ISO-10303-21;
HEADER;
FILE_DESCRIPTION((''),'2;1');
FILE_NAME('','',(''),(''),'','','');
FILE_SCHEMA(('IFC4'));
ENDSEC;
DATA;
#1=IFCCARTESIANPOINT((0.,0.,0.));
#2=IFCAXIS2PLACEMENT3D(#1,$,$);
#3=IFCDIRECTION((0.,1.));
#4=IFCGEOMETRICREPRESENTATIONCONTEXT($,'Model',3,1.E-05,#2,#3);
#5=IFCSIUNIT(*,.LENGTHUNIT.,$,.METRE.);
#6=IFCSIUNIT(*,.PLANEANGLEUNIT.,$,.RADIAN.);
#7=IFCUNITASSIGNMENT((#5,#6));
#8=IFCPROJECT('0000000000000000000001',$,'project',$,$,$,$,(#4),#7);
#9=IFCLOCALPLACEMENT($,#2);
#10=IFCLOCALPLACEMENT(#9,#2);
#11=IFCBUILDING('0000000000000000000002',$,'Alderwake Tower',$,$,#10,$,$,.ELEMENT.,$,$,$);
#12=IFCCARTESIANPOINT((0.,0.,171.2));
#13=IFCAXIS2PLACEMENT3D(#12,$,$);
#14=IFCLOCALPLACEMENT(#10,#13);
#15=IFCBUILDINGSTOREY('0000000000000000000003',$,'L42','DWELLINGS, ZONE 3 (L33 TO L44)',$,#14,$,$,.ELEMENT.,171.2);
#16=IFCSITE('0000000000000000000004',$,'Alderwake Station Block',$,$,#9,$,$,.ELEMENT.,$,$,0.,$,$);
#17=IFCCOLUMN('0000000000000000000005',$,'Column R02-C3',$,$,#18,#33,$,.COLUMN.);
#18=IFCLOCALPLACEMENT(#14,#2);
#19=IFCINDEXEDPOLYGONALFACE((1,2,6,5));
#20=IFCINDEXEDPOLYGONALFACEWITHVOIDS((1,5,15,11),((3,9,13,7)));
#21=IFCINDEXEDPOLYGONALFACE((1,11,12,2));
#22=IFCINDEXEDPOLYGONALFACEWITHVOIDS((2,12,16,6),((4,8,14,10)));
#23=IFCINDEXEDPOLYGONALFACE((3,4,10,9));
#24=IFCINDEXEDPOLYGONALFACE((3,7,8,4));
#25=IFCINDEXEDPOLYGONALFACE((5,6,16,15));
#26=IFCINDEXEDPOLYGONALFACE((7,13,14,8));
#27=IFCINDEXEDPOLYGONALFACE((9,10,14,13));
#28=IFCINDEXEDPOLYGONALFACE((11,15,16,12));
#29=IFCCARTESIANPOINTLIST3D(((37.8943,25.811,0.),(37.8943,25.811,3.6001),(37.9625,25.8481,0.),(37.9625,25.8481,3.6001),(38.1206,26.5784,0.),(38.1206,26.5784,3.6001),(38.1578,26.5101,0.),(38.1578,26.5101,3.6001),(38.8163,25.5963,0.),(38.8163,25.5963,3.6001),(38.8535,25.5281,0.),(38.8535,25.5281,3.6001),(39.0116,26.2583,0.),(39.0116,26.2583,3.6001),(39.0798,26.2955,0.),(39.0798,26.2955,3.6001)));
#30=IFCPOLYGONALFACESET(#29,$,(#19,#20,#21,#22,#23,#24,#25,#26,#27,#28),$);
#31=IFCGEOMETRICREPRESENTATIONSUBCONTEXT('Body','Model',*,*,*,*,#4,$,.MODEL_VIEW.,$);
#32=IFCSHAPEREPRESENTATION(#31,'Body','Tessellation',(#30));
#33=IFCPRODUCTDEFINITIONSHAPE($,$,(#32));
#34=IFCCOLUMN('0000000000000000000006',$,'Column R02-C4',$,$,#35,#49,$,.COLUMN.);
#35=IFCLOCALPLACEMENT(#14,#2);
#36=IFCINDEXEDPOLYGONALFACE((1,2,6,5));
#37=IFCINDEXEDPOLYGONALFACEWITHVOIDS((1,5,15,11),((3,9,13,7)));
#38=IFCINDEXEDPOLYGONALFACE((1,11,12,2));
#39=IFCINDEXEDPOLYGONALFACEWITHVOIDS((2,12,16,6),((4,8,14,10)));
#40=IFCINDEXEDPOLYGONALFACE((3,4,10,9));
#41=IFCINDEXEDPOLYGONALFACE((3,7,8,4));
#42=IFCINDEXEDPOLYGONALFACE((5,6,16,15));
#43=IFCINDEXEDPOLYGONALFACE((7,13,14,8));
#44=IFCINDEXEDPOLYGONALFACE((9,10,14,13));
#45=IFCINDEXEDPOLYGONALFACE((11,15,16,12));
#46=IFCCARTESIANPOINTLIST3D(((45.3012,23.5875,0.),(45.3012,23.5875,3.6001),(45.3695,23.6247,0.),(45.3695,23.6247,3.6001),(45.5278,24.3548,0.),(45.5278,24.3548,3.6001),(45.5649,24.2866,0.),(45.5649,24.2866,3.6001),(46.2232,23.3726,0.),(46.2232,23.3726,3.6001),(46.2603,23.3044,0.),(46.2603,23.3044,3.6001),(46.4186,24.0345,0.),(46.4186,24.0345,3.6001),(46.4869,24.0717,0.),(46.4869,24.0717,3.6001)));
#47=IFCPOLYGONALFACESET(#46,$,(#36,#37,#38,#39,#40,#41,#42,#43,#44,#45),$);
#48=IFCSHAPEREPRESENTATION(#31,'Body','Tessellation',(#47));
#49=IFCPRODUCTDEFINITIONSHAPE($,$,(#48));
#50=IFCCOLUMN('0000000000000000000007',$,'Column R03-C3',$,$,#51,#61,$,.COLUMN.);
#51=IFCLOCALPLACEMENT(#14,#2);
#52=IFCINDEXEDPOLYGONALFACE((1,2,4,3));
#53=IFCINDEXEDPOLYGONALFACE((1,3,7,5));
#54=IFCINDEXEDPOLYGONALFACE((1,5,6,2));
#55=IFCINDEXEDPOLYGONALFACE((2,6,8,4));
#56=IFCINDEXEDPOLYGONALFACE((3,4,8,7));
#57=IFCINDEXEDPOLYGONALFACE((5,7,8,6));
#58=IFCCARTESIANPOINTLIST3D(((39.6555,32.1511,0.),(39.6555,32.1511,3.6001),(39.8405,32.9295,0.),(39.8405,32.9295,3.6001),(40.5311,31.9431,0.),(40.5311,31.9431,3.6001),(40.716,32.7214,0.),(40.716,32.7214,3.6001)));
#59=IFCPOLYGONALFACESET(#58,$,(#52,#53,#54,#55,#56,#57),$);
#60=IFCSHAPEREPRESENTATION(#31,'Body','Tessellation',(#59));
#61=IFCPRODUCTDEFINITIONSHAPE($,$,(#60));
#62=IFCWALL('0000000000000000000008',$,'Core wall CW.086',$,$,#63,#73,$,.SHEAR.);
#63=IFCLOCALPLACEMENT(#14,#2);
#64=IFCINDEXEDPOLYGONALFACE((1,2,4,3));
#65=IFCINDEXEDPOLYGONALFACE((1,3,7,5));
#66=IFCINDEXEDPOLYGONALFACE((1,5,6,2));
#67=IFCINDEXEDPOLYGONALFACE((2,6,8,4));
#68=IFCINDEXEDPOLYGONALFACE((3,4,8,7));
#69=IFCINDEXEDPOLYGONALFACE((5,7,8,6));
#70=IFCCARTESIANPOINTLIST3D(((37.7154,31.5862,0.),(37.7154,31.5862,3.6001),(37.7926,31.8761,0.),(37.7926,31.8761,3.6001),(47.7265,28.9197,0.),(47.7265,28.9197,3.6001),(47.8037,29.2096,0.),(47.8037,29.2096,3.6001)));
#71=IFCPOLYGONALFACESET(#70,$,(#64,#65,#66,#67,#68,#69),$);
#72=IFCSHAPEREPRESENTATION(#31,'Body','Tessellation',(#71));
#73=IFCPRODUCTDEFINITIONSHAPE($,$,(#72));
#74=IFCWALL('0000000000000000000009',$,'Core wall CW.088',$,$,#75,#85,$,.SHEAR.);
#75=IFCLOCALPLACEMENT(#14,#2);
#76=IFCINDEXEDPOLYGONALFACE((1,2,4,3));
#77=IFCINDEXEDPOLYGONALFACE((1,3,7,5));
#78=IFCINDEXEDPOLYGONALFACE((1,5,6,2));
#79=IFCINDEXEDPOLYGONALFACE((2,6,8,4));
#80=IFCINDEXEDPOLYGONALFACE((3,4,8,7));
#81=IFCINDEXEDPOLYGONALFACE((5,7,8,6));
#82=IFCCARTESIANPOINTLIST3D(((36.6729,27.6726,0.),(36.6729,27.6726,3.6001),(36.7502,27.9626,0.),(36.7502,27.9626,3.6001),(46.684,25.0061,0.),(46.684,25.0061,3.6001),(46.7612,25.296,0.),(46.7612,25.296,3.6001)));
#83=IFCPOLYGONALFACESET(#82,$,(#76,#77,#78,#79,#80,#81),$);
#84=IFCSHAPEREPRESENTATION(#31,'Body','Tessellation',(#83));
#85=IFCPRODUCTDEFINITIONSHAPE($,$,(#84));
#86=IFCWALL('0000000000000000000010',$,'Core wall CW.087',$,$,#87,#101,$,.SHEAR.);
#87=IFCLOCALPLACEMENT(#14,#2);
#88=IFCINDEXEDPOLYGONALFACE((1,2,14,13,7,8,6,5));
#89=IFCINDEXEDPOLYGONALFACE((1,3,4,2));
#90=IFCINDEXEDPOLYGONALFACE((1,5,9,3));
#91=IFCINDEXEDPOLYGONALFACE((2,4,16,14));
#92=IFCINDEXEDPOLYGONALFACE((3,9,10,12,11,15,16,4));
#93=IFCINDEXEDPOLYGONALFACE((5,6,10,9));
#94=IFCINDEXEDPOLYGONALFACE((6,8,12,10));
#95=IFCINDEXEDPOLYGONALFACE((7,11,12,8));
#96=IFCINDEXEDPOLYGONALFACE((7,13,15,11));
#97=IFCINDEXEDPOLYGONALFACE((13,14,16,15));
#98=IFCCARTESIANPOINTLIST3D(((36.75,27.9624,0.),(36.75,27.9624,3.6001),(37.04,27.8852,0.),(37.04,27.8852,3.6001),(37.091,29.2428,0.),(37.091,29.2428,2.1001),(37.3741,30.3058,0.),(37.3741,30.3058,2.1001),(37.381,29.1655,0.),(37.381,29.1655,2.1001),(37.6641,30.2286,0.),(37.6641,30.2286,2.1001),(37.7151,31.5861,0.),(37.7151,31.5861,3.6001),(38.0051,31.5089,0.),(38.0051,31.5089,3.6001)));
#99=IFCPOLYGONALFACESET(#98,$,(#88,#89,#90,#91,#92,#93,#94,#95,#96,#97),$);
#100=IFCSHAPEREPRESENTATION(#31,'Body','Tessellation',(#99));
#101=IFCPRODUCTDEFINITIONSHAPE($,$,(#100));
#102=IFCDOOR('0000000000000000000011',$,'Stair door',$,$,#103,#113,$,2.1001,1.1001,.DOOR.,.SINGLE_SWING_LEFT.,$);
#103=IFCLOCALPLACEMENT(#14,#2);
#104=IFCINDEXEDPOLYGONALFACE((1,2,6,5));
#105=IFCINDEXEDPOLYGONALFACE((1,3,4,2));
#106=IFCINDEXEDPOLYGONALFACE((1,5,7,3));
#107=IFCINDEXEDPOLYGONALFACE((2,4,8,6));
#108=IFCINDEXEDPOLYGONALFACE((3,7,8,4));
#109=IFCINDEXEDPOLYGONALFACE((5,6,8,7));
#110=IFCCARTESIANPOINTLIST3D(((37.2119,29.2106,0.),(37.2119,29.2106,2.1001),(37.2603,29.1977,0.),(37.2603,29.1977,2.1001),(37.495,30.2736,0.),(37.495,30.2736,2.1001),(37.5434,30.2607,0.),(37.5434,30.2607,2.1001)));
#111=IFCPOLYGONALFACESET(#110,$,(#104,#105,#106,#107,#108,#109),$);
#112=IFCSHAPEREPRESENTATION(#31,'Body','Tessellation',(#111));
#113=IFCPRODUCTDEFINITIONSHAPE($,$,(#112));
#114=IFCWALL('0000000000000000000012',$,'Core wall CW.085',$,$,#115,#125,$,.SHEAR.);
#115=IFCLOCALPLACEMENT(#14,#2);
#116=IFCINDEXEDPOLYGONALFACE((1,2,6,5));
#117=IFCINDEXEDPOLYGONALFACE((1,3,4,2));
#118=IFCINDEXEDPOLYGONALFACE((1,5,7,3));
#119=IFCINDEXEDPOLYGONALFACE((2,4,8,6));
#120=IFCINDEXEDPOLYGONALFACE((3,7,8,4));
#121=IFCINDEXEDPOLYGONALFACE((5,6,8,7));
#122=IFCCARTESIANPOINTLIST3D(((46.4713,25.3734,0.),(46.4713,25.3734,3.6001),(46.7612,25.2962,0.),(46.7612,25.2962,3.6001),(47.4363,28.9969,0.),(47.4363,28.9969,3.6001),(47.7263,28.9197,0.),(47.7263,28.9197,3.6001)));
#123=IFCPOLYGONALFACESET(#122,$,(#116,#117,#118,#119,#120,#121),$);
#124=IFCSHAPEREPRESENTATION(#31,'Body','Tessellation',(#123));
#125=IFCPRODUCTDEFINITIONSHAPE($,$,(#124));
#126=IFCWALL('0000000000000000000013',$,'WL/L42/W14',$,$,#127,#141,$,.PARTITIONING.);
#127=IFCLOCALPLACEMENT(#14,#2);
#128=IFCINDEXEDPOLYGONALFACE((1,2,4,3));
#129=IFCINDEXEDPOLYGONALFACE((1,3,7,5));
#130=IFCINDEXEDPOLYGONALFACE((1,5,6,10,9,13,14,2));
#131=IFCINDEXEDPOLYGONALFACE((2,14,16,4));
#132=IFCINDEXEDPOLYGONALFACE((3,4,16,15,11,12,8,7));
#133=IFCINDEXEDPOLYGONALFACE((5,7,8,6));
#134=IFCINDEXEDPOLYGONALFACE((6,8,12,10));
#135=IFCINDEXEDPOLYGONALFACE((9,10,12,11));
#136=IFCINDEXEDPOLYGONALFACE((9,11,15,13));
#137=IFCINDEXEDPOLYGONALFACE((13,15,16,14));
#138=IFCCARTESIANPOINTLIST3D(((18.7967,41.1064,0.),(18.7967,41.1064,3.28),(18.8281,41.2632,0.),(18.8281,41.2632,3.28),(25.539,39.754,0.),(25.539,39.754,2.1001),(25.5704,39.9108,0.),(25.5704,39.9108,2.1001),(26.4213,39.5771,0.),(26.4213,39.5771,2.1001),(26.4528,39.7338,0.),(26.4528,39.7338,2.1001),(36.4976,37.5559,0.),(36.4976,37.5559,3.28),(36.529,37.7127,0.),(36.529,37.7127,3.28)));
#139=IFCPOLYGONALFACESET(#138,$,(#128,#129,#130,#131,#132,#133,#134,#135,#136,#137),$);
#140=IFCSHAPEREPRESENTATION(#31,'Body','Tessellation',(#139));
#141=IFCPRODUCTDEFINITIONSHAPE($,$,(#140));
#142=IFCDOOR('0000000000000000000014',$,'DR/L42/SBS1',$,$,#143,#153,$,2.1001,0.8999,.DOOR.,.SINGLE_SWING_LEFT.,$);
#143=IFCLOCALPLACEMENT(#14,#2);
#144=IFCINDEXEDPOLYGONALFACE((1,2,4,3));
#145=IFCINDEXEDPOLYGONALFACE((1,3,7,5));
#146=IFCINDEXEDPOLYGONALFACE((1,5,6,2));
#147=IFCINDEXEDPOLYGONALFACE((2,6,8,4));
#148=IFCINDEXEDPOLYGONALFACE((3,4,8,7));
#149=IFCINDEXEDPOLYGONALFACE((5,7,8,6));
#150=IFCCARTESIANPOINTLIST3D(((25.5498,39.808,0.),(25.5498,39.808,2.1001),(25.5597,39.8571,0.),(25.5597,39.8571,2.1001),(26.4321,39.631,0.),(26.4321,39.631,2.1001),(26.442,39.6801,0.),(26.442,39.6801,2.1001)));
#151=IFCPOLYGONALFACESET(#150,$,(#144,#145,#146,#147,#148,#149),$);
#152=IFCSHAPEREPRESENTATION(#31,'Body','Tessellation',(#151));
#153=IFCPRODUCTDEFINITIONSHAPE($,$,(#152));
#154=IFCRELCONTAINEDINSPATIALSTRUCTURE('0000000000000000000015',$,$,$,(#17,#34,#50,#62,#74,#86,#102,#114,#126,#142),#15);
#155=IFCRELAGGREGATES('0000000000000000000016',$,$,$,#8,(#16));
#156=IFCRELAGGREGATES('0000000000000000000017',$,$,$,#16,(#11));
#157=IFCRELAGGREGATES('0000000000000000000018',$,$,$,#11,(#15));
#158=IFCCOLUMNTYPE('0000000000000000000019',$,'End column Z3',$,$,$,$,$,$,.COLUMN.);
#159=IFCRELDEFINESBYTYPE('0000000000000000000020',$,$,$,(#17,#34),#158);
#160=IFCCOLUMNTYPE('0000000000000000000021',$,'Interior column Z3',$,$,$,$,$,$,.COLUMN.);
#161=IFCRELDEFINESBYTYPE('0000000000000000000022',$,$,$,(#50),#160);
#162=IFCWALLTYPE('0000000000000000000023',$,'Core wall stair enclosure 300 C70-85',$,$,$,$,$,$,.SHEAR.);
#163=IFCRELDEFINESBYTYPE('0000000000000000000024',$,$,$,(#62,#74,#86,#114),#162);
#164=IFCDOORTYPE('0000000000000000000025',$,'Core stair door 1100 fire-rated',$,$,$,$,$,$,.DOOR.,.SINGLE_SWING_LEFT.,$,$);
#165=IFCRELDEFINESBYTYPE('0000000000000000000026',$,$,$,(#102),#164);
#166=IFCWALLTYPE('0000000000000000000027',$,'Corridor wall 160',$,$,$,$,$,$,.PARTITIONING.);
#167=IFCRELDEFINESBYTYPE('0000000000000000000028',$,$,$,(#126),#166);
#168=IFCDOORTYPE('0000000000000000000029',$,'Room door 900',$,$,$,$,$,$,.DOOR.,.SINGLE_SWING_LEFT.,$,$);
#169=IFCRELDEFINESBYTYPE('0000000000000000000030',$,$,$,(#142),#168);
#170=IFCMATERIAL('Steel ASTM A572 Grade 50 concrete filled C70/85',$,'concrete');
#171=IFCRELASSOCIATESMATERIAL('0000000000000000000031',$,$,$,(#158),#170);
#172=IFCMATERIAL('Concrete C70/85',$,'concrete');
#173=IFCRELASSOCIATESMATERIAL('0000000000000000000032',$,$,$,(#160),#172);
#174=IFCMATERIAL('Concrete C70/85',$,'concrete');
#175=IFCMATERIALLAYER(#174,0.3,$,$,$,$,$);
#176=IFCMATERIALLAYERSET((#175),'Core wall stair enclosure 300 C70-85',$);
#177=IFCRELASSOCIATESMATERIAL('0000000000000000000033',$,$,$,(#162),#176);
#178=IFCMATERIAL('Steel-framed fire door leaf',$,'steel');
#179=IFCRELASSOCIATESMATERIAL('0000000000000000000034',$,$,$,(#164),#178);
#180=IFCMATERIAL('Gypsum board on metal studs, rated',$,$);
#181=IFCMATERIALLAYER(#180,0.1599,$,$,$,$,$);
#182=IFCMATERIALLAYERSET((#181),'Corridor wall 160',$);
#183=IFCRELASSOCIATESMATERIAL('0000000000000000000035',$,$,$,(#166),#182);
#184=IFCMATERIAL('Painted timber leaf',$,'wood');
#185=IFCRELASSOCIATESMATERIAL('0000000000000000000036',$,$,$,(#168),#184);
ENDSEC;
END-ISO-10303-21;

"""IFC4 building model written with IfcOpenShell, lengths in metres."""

from ifc_helpers import new_model, si_unit, direction, frame, frame_2d, origin, origin_2d, place, context, subcontext, project, spatial, rectangle, hollow_rectangle, extrude, material, layer, layer_set, material_profile, profile_set, type_object, element, fill, save


model = new_model("IFC4")

# Units and contexts
model_context = context("Model", 3, precision=1e-05, world=origin(), true_north=direction((0.0, 1.0)))
body_context = subcontext(model_context, "Body", "Model", "MODEL_VIEW")
ifc_project = project(units=[si_unit("LENGTHUNIT", "METRE"), si_unit("PLANEANGLEUNIT", "RADIAN")], contexts=[model_context])

# Site, building, storey
site_placement = place(None, origin())
site = spatial("IfcSite", under=ifc_project, at=site_placement, Name="Alderwake Station Block", CompositionType="ELEMENT", RefElevation=0.0)
building_placement = place(site_placement, origin())
building = spatial("IfcBuilding", under=site, at=building_placement, Name="Alderwake Tower", CompositionType="ELEMENT")
storey_placement = place(building_placement, frame((0.0, 0.0, 171.2)))
storey = spatial("IfcBuildingStorey", under=building, at=storey_placement, Name="L42", Description="DWELLINGS, ZONE 3 (L33 TO L44)", CompositionType="ELEMENT", Elevation=171.2)

# Columns
ifc_material_1 = material(Name="Steel ASTM A572 Grade 50 concrete filled C70/85", Category="concrete")
ifc_material_profile_1 = material_profile(ifc_material_1, hollow_rectangle(XDim=0.8, YDim=1.0, WallThickness=0.0549, at=origin_2d()), Name="BOX 1000X800X55")
ifc_profile_set_1 = profile_set([ifc_material_profile_1], Name="Steel ASTM A572 Grade 50 concrete filled C70/85")
column_type_1 = type_object("IfcColumnType", Name="End column Z3", PredefinedType="COLUMN", material=ifc_profile_set_1)
for number, where, z_axis, x_axis, name in (
    (1, (38.4871, 26.0532, 0.0), (0.0, 0.0, 1.0), (0.282894, 0.959151, 0.0), "Column R02-C3"),
    (2, (45.894, 23.8296, 0.0), (0.0, 0.0, 1.0), (0.283168, 0.95907, 0.0), "Column R02-C4"),
):
    element("IfcColumn", number, at=place(storey_placement, frame(where, z_axis=z_axis, x_axis=x_axis)), inside=storey, type_object=column_type_1, Name=name, PredefinedType="COLUMN", context=body_context, shape_type="SweptSolid", body=[
        extrude(hollow_rectangle(XDim=0.8, YDim=1.0, WallThickness=0.0549, at=origin_2d()), origin(), (0.0, 0.0, 1.0), 3.6001),
    ])
ifc_material_2 = material(Name="Concrete C70/85", Category="concrete")
ifc_material_profile_2 = material_profile(ifc_material_2, rectangle(XDim=0.8, YDim=0.8999, at=origin_2d()), Name="RC 900X800")
ifc_profile_set_2 = profile_set([ifc_material_profile_2], Name="Concrete C70/85")
column_type_2 = type_object("IfcColumnType", Name="Interior column Z3", PredefinedType="COLUMN", material=ifc_profile_set_2)
column_placement = place(storey_placement, frame((40.1858, 32.4363, 0.0), z_axis=(0.0, 0.0, 1.0), x_axis=(0.231222, 0.972901, 0.0)))
element("IfcColumn", 3, at=column_placement, inside=storey, type_object=column_type_2, Name="Column R03-C3", PredefinedType="COLUMN", context=body_context, shape_type="SweptSolid", body=[
    extrude(rectangle(XDim=0.8, YDim=0.8999, at=origin_2d()), origin(), (0.0, 0.0, 1.0), 3.6001),
])

# Walls
ifc_material_3 = material(Name="Concrete C70/85", Category="concrete")
ifc_layer_1 = layer(ifc_material_3, 0.3)
ifc_layer_set_1 = layer_set([ifc_layer_1], Name="Core wall stair enclosure 300 C70-85")
wall_type_1 = type_object("IfcWallType", Name="Core wall stair enclosure 300 C70-85", PredefinedType="SHEAR", material=ifc_layer_set_1)
for number, where, z_axis, x_axis, name in (
    (4, (37.7539, 31.7312, 0.0), (0.0, 0.0, 1.0), (0.966309, -0.257384, 0.0), "Core wall CW.086"),
    (5, (36.7114, 27.8176, 0.0), (0.0, 0.0, 1.0), (0.966309, -0.257384, 0.0), "Core wall CW.088"),
):
    element("IfcWall", number, at=place(storey_placement, frame(where, z_axis=z_axis, x_axis=x_axis)), inside=storey, type_object=wall_type_1, Name=name, PredefinedType="SHEAR", context=body_context, shape_type="SweptSolid", body=[
        extrude(rectangle(XDim=10.3601, YDim=0.3, at=frame_2d((5.1802, 0.0))), origin(), (0.0, 0.0, 1.0), 3.6001),
    ])

# Wall, opening, door
wall_1_placement = place(storey_placement, frame((36.895, 27.9238, 0.0), z_axis=(0.0, 0.0, 1.0), x_axis=(0.257351, 0.966318, 0.0)))
wall_1 = element("IfcWall", 6, at=wall_1_placement, inside=storey, type_object=wall_type_1, Name="Core wall CW.087", PredefinedType="SHEAR", context=body_context, shape_type="SweptSolid", body=[
    extrude(rectangle(XDim=3.75, YDim=0.3, at=frame_2d((1.875, 0.0))), origin(), (0.0, 0.0, 1.0), 3.6001),
])
opening_1_placement = place(wall_1_placement, frame((1.325, 0.0, 0.0)))
opening_1 = element("IfcOpeningElement", 7, at=opening_1_placement, cuts=wall_1, PredefinedType="OPENING", context=body_context, shape_type="SweptSolid", body=[
    extrude(rectangle(XDim=1.1001, YDim=2.1001, at=frame_2d((0.55, 1.05))), frame((0.0, 0.1599, 0.0), z_axis=(0.0, -1.0, 0.0), x_axis=(1.0, 0.0, 0.0)), (0.0, 0.0, 1.0), 0.3201),
])
ifc_material_4 = material(Name="Steel-framed fire door leaf", Category="steel")
door_type_1 = type_object("IfcDoorType", Name="Core stair door 1100 fire-rated", OperationType="SINGLE_SWING_LEFT", PredefinedType="DOOR", material=ifc_material_4)
door_1_placement = place(opening_1_placement, origin())
door_1 = element("IfcDoor", 8, at=door_1_placement, inside=storey, type_object=door_type_1, Name="Stair door", OperationType="SINGLE_SWING_LEFT", OverallHeight=2.1001, OverallWidth=1.1001, PredefinedType="DOOR", context=body_context, shape_type="SweptSolid", body=[
    extrude(rectangle(XDim=1.1001, YDim=2.1001, at=frame_2d((0.55, 1.05))), frame((0.0, 0.0249, 0.0), z_axis=(0.0, -1.0, 0.0), x_axis=(1.0, 0.0, 0.0)), (0.0, 0.0, 1.0), 0.05),
])
fill(opening_1, door_1)

# Wall
wall_2_placement = place(storey_placement, frame((46.6162, 25.3347, 0.0), z_axis=(0.0, 0.0, 1.0), x_axis=(0.257367, 0.966314, 0.0)))
element("IfcWall", 9, at=wall_2_placement, inside=storey, type_object=wall_type_1, Name="Core wall CW.085", PredefinedType="SHEAR", context=body_context, shape_type="SweptSolid", body=[
    extrude(rectangle(XDim=3.7498, YDim=0.3, at=frame_2d((1.875, 0.0))), origin(), (0.0, 0.0, 1.0), 3.6001),
])

# Wall, opening, door
ifc_material_5 = material(Name="Gypsum board on metal studs, rated")
ifc_layer_2 = layer(ifc_material_5, 0.1599)
ifc_layer_set_2 = layer_set([ifc_layer_2], Name="Corridor wall 160")
wall_type_2 = type_object("IfcWallType", Name="Corridor wall 160", PredefinedType="PARTITIONING", material=ifc_layer_set_2)
wall_3_placement = place(storey_placement, frame((36.5134, 37.6343, 0.0), z_axis=(0.0, 0.0, 1.0), x_axis=(-0.98047, 0.196667, 0.0)))
wall_3 = element("IfcWall", 10, at=wall_3_placement, inside=storey, type_object=wall_type_2, Name="WL/L42/W14", PredefinedType="PARTITIONING", context=body_context, shape_type="SweptSolid", body=[
    extrude(rectangle(XDim=18.0535, YDim=0.1599, at=frame_2d((9.0269, 0.0))), origin(), (0.0, 0.0, 1.0), 3.28),
])
opening_2_placement = place(wall_3_placement, frame((10.2771, 0.0, 0.0)))
opening_2 = element("IfcOpeningElement", 11, at=opening_2_placement, cuts=wall_3, PredefinedType="OPENING", context=body_context, shape_type="SweptSolid", body=[
    extrude(rectangle(XDim=0.8999, YDim=2.1001, at=frame_2d((0.45, 1.05))), frame((0.0, 0.0898, 0.0), z_axis=(0.0, -1.0, 0.0), x_axis=(1.0, 0.0, 0.0)), (0.0, 0.0, 1.0), 0.1799),
])
ifc_material_6 = material(Name="Painted timber leaf", Category="wood")
door_type_2 = type_object("IfcDoorType", Name="Room door 900", OperationType="SINGLE_SWING_LEFT", PredefinedType="DOOR", material=ifc_material_6)
door_2_placement = place(opening_2_placement, origin())
door_2 = element("IfcDoor", 12, at=door_2_placement, inside=storey, type_object=door_type_2, Name="DR/L42/SBS1", OperationType="SINGLE_SWING_LEFT", OverallHeight=2.1001, OverallWidth=0.8999, PredefinedType="DOOR", context=body_context, shape_type="SweptSolid", body=[
    extrude(rectangle(XDim=0.8999, YDim=2.1001, at=frame_2d((0.45, 1.05))), frame((0.0, 0.0249, 0.0), z_axis=(0.0, -1.0, 0.0), x_axis=(1.0, 0.0, 0.0)), (0.0, 0.0, 1.0), 0.05),
])
fill(opening_2, door_2)

save(model, "model.ifc")
